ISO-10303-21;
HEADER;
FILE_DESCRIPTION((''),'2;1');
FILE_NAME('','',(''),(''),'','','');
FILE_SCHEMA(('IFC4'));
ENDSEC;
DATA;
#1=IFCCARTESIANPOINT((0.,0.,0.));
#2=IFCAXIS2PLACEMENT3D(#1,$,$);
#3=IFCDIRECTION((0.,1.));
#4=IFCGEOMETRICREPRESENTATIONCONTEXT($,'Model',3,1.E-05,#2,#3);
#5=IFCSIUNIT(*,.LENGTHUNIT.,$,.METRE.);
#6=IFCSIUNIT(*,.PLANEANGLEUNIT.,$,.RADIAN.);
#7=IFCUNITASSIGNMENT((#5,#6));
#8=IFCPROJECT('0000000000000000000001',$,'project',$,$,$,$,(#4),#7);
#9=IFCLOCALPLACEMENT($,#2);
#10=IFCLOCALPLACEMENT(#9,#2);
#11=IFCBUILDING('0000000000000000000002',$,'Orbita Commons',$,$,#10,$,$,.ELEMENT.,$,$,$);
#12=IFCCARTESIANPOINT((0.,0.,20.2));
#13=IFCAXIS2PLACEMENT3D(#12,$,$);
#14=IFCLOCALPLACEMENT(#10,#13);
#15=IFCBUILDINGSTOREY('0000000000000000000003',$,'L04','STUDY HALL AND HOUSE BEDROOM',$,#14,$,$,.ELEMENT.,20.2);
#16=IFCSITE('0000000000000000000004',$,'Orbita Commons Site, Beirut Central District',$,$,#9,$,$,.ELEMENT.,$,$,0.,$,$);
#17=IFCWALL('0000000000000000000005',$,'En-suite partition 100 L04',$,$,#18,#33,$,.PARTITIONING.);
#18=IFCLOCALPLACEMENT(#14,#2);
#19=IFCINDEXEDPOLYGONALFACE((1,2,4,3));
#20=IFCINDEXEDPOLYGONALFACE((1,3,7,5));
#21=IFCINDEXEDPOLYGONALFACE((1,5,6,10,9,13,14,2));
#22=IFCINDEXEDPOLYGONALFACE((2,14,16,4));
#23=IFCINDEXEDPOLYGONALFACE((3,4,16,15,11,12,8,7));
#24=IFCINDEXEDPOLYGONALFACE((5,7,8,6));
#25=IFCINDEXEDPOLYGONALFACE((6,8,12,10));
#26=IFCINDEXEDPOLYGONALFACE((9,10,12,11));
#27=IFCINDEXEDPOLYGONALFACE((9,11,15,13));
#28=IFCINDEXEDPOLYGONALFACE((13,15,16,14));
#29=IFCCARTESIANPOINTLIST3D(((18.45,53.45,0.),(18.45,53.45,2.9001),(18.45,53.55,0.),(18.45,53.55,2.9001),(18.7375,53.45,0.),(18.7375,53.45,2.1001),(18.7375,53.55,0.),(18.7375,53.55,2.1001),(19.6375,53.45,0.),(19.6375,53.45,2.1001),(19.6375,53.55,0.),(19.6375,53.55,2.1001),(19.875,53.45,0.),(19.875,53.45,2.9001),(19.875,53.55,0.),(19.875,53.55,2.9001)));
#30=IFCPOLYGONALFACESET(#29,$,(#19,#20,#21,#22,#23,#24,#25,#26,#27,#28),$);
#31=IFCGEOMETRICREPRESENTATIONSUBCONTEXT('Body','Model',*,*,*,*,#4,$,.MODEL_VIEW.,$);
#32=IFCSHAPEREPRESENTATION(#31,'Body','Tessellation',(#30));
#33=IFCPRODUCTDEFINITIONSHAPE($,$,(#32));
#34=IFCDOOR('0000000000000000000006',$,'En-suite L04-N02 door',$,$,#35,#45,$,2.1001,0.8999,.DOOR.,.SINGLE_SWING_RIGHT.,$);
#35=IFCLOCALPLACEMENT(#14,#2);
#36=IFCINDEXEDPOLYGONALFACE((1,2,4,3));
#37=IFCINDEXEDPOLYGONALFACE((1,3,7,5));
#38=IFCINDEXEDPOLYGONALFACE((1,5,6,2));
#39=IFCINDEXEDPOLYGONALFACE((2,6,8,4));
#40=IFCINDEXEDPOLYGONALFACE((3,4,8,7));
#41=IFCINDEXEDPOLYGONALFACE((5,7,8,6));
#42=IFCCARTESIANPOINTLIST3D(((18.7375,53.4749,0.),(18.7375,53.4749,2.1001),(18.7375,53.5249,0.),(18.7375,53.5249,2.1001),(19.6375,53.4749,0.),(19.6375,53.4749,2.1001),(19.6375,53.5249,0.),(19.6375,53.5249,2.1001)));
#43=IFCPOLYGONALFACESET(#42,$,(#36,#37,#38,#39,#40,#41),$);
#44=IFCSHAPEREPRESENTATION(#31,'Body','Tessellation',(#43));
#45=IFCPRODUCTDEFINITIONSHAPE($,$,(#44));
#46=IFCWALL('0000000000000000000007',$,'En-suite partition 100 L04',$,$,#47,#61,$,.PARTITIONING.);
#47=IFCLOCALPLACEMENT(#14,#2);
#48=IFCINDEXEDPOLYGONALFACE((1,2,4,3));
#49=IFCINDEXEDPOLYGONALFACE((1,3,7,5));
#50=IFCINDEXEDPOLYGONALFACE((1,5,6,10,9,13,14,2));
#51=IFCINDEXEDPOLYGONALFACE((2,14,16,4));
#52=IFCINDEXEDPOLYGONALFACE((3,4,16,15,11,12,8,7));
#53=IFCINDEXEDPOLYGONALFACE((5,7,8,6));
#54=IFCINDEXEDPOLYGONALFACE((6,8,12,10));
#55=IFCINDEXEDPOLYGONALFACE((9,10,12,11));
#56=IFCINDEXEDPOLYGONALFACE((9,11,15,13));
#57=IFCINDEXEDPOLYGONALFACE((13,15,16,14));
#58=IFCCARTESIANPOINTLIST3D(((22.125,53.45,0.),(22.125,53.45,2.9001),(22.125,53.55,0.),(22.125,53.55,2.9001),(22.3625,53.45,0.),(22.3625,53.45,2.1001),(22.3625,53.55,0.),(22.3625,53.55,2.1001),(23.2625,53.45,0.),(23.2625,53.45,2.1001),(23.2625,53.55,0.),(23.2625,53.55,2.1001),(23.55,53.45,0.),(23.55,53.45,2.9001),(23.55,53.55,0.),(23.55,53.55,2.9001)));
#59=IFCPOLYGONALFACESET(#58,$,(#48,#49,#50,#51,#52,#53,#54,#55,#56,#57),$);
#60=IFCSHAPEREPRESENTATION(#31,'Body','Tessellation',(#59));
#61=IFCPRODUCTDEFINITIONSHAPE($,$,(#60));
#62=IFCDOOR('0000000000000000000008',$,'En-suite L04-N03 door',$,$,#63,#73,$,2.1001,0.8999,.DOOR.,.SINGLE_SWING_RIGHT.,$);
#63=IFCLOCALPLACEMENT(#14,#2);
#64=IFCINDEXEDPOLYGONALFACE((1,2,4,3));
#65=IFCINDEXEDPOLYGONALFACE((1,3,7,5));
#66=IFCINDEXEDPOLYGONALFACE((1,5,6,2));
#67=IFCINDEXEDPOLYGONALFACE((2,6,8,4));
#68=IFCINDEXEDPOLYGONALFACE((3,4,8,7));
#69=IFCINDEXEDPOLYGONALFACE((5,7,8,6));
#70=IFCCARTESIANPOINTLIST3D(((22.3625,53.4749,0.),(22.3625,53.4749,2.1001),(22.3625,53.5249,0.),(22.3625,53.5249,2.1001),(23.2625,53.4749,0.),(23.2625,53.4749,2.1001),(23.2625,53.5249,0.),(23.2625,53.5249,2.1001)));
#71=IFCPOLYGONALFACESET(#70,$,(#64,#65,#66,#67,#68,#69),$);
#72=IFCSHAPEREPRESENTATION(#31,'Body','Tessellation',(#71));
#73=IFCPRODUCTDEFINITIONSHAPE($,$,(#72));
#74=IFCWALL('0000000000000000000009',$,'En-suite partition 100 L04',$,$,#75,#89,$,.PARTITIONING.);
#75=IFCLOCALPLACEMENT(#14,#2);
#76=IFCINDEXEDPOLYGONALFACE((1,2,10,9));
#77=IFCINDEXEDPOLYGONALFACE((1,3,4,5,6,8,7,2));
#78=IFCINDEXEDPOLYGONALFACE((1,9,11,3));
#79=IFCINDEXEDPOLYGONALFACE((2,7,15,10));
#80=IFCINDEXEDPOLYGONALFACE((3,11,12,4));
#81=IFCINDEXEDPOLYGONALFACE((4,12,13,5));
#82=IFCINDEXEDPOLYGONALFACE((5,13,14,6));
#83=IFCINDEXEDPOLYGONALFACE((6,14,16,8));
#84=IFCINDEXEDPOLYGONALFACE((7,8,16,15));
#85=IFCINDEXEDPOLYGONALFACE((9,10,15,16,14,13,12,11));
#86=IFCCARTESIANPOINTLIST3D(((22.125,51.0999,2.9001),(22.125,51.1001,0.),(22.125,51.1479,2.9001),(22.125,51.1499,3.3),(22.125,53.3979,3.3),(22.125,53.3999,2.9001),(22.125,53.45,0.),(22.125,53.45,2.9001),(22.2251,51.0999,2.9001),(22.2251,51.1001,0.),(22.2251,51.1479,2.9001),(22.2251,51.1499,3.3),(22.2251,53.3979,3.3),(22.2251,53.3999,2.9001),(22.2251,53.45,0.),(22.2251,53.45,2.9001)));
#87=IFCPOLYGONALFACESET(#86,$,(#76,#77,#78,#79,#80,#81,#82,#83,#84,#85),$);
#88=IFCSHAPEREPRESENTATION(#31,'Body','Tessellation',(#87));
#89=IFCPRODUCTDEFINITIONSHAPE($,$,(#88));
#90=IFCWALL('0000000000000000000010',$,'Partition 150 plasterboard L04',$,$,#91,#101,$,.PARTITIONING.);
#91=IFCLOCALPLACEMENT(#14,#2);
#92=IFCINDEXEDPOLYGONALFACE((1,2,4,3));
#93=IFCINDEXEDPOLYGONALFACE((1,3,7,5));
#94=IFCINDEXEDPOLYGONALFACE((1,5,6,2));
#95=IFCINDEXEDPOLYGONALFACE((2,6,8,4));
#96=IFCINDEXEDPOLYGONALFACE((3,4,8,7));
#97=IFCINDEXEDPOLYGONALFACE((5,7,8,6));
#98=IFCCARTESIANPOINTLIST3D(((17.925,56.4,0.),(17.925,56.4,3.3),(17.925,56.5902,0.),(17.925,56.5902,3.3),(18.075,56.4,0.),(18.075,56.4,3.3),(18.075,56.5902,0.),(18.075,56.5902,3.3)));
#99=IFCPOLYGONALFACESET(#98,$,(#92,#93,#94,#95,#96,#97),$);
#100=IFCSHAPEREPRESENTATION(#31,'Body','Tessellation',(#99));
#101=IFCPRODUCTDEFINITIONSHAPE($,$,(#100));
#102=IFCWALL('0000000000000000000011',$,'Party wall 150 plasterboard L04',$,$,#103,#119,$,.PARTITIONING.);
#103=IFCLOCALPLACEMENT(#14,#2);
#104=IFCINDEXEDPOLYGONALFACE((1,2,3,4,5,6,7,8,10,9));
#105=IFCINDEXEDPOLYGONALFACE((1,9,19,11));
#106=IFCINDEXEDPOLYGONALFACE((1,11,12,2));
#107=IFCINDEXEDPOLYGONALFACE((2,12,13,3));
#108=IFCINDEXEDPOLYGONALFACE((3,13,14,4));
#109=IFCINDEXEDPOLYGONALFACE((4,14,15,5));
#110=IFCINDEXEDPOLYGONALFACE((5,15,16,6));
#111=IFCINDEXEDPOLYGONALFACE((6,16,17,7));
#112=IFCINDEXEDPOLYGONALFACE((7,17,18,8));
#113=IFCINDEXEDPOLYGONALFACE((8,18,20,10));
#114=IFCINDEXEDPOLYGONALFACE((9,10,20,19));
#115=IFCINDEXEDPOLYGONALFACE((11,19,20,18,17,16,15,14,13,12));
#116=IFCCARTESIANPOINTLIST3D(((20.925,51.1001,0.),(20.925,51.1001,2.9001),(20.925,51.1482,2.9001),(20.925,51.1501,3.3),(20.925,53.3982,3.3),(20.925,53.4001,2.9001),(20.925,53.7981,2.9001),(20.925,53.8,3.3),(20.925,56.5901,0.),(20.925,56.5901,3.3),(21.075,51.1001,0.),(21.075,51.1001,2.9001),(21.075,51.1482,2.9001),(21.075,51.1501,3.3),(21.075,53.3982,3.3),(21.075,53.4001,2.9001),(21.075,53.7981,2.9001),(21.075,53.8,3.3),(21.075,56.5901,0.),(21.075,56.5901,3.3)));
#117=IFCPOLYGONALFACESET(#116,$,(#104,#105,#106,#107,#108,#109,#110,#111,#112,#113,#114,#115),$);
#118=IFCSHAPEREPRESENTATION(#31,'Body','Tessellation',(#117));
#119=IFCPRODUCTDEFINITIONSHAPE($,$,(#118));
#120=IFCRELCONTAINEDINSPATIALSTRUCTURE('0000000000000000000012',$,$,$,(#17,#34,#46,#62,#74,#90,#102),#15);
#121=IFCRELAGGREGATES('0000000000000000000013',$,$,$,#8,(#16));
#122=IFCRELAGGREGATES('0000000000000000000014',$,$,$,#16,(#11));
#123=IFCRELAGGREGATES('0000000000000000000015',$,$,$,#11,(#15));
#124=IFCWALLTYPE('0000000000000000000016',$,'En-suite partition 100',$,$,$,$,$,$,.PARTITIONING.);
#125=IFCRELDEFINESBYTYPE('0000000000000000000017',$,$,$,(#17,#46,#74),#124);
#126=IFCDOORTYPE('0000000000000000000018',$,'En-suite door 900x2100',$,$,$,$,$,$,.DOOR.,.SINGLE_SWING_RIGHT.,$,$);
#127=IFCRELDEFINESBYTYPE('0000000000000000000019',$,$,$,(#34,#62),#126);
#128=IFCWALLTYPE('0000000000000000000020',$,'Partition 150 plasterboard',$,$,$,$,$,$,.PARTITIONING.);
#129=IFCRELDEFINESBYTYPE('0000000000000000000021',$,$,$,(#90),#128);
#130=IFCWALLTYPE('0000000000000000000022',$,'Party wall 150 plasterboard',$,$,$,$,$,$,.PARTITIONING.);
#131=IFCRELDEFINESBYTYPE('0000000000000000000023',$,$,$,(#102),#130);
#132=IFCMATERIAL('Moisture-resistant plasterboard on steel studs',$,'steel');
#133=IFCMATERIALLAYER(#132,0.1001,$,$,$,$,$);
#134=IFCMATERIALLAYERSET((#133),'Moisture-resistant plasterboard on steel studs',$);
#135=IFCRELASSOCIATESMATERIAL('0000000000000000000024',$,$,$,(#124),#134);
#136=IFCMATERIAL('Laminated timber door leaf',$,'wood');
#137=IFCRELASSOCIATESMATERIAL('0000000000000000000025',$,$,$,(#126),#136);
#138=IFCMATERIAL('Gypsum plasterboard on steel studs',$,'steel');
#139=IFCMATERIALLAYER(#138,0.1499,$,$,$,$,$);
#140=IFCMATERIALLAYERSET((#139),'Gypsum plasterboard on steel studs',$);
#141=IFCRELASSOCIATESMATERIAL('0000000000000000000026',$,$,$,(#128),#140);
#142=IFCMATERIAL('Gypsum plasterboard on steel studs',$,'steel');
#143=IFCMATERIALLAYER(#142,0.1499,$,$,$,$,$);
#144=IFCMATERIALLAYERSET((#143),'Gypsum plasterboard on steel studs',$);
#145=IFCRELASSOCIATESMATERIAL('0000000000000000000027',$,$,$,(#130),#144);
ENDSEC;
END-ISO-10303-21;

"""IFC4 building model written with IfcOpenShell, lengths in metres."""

from ifc_helpers import new_model, si_unit, direction, frame, frame_2d, origin, place, context, subcontext, project, spatial, polyline, rectangle, outline, extrude, material, layer, layer_set, type_object, element, fill, save


model = new_model("IFC4")

# Units and contexts
model_context = context("Model", 3, precision=1e-05, world=origin(), true_north=direction((0.0, 1.0)))
body_context = subcontext(model_context, "Body", "Model", "MODEL_VIEW")
ifc_project = project(units=[si_unit("LENGTHUNIT", "METRE"), si_unit("PLANEANGLEUNIT", "RADIAN")], contexts=[model_context])

# Site, building, storey
site_placement = place(None, origin())
site = spatial("IfcSite", under=ifc_project, at=site_placement, Name="Orbita Commons Site, Beirut Central District", CompositionType="ELEMENT", RefElevation=0.0)
building_placement = place(site_placement, origin())
building = spatial("IfcBuilding", under=site, at=building_placement, Name="Orbita Commons", CompositionType="ELEMENT")
storey_placement = place(building_placement, frame((0.0, 0.0, 20.2)))
storey = spatial("IfcBuildingStorey", under=building, at=storey_placement, Name="L04", Description="STUDY HALL AND HOUSE BEDROOM", CompositionType="ELEMENT", Elevation=20.2)

# Walls, openings, doors
ifc_material_1 = material(Name="Moisture-resistant plasterboard on steel studs", Category="steel")
ifc_layer_1 = layer(ifc_material_1, 0.1001)
ifc_layer_set_1 = layer_set([ifc_layer_1], Name="Moisture-resistant plasterboard on steel studs")
wall_type_1 = type_object("IfcWallType", Name="En-suite partition 100", PredefinedType="PARTITIONING", material=ifc_layer_set_1)
wall_1_placement = place(storey_placement, frame((18.45, 53.5, 0.0), z_axis=(0.0, 0.0, 1.0), x_axis=(1.0, 0.0, 0.0)))
wall_1 = element("IfcWall", 1, at=wall_1_placement, inside=storey, type_object=wall_type_1, Name="En-suite partition 100 L04", PredefinedType="PARTITIONING", context=body_context, shape_type="SweptSolid", body=[
    extrude(outline(polyline([(0.0, 0.0), (1.425, 0.0), (1.425, 2.9001), (0.0, 2.9001), (0.0, 0.0)])), frame((0.0, 0.05, 0.0), z_axis=(0.0, -1.0, 0.0), x_axis=(1.0, 0.0, 0.0)), (0.0, 0.0, 1.0), 0.1001),
])
opening_1_placement = place(wall_1_placement, frame((0.2876, 0.0, 0.0)))
opening_1 = element("IfcOpeningElement", 2, at=opening_1_placement, cuts=wall_1, PredefinedType="OPENING", context=body_context, shape_type="SweptSolid", body=[
    extrude(rectangle(XDim=0.8999, YDim=2.1001, at=frame_2d((0.45, 1.05))), frame((0.0, 0.0601, 0.0), z_axis=(0.0, -1.0, 0.0), x_axis=(1.0, 0.0, 0.0)), (0.0, 0.0, 1.0), 0.1201),
])
ifc_material_2 = material(Name="Laminated timber door leaf", Category="wood")
door_type = type_object("IfcDoorType", Name="En-suite door 900x2100", OperationType="SINGLE_SWING_RIGHT", PredefinedType="DOOR", material=ifc_material_2)
door_1_placement = place(opening_1_placement, origin())
door_1 = element("IfcDoor", 3, at=door_1_placement, inside=storey, type_object=door_type, Name="En-suite L04-N02 door", OperationType="SINGLE_SWING_RIGHT", OverallHeight=2.1001, OverallWidth=0.8999, PredefinedType="DOOR", context=body_context, shape_type="SweptSolid", body=[
    extrude(rectangle(XDim=0.8999, YDim=2.1001, at=frame_2d((0.45, 1.05))), frame((0.0, 0.0249, 0.0), z_axis=(0.0, -1.0, 0.0), x_axis=(1.0, 0.0, 0.0)), (0.0, 0.0, 1.0), 0.05),
])
fill(opening_1, door_1)
wall_2_placement = place(storey_placement, frame((22.125, 53.5, 0.0), z_axis=(0.0, 0.0, 1.0), x_axis=(1.0, 0.0, 0.0)))
wall_2 = element("IfcWall", 4, at=wall_2_placement, inside=storey, type_object=wall_type_1, Name="En-suite partition 100 L04", PredefinedType="PARTITIONING", context=body_context, shape_type="SweptSolid", body=[
    extrude(outline(polyline([(0.0, 0.0), (1.425, 0.0), (1.425, 2.9001), (0.0, 2.9001), (0.0, 0.0)])), frame((0.0, 0.05, 0.0), z_axis=(0.0, -1.0, 0.0), x_axis=(1.0, 0.0, 0.0)), (0.0, 0.0, 1.0), 0.1001),
])
opening_2_placement = place(wall_2_placement, frame((0.2375, 0.0, 0.0)))
opening_2 = element("IfcOpeningElement", 5, at=opening_2_placement, cuts=wall_2, PredefinedType="OPENING", context=body_context, shape_type="SweptSolid", body=[
    extrude(rectangle(XDim=0.8999, YDim=2.1001, at=frame_2d((0.45, 1.05))), frame((0.0, 0.0601, 0.0), z_axis=(0.0, -1.0, 0.0), x_axis=(1.0, 0.0, 0.0)), (0.0, 0.0, 1.0), 0.1201),
])
door_2_placement = place(opening_2_placement, origin())
door_2 = element("IfcDoor", 6, at=door_2_placement, inside=storey, type_object=door_type, Name="En-suite L04-N03 door", OperationType="SINGLE_SWING_RIGHT", OverallHeight=2.1001, OverallWidth=0.8999, PredefinedType="DOOR", context=body_context, shape_type="SweptSolid", body=[
    extrude(rectangle(XDim=0.8999, YDim=2.1001, at=frame_2d((0.45, 1.05))), frame((0.0, 0.0249, 0.0), z_axis=(0.0, -1.0, 0.0), x_axis=(1.0, 0.0, 0.0)), (0.0, 0.0, 1.0), 0.05),
])
fill(opening_2, door_2)

# Walls
wall_3_placement = place(storey_placement, frame((22.175, 53.45, 0.0), z_axis=(0.0, 0.0, 1.0), x_axis=(0.0, -1.0, 0.0)))
element("IfcWall", 7, at=wall_3_placement, inside=storey, type_object=wall_type_1, Name="En-suite partition 100 L04", PredefinedType="PARTITIONING", context=body_context, shape_type="SweptSolid", body=[
    extrude(outline(polyline([(0.0, 0.0), (2.3499, 0.0), (2.3501, 2.9001), (2.302, 2.9001), (2.3, 3.3), (0.052, 3.3), (0.05, 2.9001), (0.0, 2.9001), (0.0, 0.0)])), frame((0.0, 0.05, 0.0), z_axis=(0.0, -1.0, 0.0), x_axis=(1.0, 0.0, 0.0)), (0.0, 0.0, 1.0), 0.1001),
])
ifc_material_3 = material(Name="Gypsum plasterboard on steel studs", Category="steel")
ifc_layer_2 = layer(ifc_material_3, 0.1499)
ifc_layer_set_2 = layer_set([ifc_layer_2], Name="Gypsum plasterboard on steel studs")
wall_type_2 = type_object("IfcWallType", Name="Partition 150 plasterboard", PredefinedType="PARTITIONING", material=ifc_layer_set_2)
wall_4_placement = place(storey_placement, frame((18.0, 56.3999, 0.0), z_axis=(0.0, 0.0, 1.0), x_axis=(0.0, 1.0, 0.0)))
element("IfcWall", 8, at=wall_4_placement, inside=storey, type_object=wall_type_2, Name="Partition 150 plasterboard L04", PredefinedType="PARTITIONING", context=body_context, shape_type="SweptSolid", body=[
    extrude(rectangle(XDim=0.1902, YDim=0.1499, at=frame_2d((0.0952, 0.0))), origin(), (0.0, 0.0, 1.0), 3.3),
])
ifc_material_4 = material(Name="Gypsum plasterboard on steel studs", Category="steel")
ifc_layer_3 = layer(ifc_material_4, 0.1499)
ifc_layer_set_3 = layer_set([ifc_layer_3], Name="Gypsum plasterboard on steel studs")
wall_type_3 = type_object("IfcWallType", Name="Party wall 150 plasterboard", PredefinedType="PARTITIONING", material=ifc_layer_set_3)
wall_5_placement = place(storey_placement, frame((21.0, 56.5901, 0.0), z_axis=(0.0, 0.0, 1.0), x_axis=(0.0, -1.0, 0.0)))
element("IfcWall", 9, at=wall_5_placement, inside=storey, type_object=wall_type_3, Name="Party wall 150 plasterboard L04", PredefinedType="PARTITIONING", context=body_context, shape_type="SweptSolid", body=[
    extrude(outline(polyline([(0.0, 0.0), (5.49, 0.0), (5.49, 2.9001), (5.4419, 2.9001), (5.4399, 3.3), (3.1919, 3.3), (3.1899, 2.9001), (2.792, 2.9001), (2.79, 3.3), (0.0, 3.3), (0.0, 0.0)])), frame((0.0, 0.075, 0.0), z_axis=(0.0, -1.0, 0.0), x_axis=(1.0, 0.0, 0.0)), (0.0, 0.0, 1.0), 0.1499),
])

save(model, "model.ifc")
